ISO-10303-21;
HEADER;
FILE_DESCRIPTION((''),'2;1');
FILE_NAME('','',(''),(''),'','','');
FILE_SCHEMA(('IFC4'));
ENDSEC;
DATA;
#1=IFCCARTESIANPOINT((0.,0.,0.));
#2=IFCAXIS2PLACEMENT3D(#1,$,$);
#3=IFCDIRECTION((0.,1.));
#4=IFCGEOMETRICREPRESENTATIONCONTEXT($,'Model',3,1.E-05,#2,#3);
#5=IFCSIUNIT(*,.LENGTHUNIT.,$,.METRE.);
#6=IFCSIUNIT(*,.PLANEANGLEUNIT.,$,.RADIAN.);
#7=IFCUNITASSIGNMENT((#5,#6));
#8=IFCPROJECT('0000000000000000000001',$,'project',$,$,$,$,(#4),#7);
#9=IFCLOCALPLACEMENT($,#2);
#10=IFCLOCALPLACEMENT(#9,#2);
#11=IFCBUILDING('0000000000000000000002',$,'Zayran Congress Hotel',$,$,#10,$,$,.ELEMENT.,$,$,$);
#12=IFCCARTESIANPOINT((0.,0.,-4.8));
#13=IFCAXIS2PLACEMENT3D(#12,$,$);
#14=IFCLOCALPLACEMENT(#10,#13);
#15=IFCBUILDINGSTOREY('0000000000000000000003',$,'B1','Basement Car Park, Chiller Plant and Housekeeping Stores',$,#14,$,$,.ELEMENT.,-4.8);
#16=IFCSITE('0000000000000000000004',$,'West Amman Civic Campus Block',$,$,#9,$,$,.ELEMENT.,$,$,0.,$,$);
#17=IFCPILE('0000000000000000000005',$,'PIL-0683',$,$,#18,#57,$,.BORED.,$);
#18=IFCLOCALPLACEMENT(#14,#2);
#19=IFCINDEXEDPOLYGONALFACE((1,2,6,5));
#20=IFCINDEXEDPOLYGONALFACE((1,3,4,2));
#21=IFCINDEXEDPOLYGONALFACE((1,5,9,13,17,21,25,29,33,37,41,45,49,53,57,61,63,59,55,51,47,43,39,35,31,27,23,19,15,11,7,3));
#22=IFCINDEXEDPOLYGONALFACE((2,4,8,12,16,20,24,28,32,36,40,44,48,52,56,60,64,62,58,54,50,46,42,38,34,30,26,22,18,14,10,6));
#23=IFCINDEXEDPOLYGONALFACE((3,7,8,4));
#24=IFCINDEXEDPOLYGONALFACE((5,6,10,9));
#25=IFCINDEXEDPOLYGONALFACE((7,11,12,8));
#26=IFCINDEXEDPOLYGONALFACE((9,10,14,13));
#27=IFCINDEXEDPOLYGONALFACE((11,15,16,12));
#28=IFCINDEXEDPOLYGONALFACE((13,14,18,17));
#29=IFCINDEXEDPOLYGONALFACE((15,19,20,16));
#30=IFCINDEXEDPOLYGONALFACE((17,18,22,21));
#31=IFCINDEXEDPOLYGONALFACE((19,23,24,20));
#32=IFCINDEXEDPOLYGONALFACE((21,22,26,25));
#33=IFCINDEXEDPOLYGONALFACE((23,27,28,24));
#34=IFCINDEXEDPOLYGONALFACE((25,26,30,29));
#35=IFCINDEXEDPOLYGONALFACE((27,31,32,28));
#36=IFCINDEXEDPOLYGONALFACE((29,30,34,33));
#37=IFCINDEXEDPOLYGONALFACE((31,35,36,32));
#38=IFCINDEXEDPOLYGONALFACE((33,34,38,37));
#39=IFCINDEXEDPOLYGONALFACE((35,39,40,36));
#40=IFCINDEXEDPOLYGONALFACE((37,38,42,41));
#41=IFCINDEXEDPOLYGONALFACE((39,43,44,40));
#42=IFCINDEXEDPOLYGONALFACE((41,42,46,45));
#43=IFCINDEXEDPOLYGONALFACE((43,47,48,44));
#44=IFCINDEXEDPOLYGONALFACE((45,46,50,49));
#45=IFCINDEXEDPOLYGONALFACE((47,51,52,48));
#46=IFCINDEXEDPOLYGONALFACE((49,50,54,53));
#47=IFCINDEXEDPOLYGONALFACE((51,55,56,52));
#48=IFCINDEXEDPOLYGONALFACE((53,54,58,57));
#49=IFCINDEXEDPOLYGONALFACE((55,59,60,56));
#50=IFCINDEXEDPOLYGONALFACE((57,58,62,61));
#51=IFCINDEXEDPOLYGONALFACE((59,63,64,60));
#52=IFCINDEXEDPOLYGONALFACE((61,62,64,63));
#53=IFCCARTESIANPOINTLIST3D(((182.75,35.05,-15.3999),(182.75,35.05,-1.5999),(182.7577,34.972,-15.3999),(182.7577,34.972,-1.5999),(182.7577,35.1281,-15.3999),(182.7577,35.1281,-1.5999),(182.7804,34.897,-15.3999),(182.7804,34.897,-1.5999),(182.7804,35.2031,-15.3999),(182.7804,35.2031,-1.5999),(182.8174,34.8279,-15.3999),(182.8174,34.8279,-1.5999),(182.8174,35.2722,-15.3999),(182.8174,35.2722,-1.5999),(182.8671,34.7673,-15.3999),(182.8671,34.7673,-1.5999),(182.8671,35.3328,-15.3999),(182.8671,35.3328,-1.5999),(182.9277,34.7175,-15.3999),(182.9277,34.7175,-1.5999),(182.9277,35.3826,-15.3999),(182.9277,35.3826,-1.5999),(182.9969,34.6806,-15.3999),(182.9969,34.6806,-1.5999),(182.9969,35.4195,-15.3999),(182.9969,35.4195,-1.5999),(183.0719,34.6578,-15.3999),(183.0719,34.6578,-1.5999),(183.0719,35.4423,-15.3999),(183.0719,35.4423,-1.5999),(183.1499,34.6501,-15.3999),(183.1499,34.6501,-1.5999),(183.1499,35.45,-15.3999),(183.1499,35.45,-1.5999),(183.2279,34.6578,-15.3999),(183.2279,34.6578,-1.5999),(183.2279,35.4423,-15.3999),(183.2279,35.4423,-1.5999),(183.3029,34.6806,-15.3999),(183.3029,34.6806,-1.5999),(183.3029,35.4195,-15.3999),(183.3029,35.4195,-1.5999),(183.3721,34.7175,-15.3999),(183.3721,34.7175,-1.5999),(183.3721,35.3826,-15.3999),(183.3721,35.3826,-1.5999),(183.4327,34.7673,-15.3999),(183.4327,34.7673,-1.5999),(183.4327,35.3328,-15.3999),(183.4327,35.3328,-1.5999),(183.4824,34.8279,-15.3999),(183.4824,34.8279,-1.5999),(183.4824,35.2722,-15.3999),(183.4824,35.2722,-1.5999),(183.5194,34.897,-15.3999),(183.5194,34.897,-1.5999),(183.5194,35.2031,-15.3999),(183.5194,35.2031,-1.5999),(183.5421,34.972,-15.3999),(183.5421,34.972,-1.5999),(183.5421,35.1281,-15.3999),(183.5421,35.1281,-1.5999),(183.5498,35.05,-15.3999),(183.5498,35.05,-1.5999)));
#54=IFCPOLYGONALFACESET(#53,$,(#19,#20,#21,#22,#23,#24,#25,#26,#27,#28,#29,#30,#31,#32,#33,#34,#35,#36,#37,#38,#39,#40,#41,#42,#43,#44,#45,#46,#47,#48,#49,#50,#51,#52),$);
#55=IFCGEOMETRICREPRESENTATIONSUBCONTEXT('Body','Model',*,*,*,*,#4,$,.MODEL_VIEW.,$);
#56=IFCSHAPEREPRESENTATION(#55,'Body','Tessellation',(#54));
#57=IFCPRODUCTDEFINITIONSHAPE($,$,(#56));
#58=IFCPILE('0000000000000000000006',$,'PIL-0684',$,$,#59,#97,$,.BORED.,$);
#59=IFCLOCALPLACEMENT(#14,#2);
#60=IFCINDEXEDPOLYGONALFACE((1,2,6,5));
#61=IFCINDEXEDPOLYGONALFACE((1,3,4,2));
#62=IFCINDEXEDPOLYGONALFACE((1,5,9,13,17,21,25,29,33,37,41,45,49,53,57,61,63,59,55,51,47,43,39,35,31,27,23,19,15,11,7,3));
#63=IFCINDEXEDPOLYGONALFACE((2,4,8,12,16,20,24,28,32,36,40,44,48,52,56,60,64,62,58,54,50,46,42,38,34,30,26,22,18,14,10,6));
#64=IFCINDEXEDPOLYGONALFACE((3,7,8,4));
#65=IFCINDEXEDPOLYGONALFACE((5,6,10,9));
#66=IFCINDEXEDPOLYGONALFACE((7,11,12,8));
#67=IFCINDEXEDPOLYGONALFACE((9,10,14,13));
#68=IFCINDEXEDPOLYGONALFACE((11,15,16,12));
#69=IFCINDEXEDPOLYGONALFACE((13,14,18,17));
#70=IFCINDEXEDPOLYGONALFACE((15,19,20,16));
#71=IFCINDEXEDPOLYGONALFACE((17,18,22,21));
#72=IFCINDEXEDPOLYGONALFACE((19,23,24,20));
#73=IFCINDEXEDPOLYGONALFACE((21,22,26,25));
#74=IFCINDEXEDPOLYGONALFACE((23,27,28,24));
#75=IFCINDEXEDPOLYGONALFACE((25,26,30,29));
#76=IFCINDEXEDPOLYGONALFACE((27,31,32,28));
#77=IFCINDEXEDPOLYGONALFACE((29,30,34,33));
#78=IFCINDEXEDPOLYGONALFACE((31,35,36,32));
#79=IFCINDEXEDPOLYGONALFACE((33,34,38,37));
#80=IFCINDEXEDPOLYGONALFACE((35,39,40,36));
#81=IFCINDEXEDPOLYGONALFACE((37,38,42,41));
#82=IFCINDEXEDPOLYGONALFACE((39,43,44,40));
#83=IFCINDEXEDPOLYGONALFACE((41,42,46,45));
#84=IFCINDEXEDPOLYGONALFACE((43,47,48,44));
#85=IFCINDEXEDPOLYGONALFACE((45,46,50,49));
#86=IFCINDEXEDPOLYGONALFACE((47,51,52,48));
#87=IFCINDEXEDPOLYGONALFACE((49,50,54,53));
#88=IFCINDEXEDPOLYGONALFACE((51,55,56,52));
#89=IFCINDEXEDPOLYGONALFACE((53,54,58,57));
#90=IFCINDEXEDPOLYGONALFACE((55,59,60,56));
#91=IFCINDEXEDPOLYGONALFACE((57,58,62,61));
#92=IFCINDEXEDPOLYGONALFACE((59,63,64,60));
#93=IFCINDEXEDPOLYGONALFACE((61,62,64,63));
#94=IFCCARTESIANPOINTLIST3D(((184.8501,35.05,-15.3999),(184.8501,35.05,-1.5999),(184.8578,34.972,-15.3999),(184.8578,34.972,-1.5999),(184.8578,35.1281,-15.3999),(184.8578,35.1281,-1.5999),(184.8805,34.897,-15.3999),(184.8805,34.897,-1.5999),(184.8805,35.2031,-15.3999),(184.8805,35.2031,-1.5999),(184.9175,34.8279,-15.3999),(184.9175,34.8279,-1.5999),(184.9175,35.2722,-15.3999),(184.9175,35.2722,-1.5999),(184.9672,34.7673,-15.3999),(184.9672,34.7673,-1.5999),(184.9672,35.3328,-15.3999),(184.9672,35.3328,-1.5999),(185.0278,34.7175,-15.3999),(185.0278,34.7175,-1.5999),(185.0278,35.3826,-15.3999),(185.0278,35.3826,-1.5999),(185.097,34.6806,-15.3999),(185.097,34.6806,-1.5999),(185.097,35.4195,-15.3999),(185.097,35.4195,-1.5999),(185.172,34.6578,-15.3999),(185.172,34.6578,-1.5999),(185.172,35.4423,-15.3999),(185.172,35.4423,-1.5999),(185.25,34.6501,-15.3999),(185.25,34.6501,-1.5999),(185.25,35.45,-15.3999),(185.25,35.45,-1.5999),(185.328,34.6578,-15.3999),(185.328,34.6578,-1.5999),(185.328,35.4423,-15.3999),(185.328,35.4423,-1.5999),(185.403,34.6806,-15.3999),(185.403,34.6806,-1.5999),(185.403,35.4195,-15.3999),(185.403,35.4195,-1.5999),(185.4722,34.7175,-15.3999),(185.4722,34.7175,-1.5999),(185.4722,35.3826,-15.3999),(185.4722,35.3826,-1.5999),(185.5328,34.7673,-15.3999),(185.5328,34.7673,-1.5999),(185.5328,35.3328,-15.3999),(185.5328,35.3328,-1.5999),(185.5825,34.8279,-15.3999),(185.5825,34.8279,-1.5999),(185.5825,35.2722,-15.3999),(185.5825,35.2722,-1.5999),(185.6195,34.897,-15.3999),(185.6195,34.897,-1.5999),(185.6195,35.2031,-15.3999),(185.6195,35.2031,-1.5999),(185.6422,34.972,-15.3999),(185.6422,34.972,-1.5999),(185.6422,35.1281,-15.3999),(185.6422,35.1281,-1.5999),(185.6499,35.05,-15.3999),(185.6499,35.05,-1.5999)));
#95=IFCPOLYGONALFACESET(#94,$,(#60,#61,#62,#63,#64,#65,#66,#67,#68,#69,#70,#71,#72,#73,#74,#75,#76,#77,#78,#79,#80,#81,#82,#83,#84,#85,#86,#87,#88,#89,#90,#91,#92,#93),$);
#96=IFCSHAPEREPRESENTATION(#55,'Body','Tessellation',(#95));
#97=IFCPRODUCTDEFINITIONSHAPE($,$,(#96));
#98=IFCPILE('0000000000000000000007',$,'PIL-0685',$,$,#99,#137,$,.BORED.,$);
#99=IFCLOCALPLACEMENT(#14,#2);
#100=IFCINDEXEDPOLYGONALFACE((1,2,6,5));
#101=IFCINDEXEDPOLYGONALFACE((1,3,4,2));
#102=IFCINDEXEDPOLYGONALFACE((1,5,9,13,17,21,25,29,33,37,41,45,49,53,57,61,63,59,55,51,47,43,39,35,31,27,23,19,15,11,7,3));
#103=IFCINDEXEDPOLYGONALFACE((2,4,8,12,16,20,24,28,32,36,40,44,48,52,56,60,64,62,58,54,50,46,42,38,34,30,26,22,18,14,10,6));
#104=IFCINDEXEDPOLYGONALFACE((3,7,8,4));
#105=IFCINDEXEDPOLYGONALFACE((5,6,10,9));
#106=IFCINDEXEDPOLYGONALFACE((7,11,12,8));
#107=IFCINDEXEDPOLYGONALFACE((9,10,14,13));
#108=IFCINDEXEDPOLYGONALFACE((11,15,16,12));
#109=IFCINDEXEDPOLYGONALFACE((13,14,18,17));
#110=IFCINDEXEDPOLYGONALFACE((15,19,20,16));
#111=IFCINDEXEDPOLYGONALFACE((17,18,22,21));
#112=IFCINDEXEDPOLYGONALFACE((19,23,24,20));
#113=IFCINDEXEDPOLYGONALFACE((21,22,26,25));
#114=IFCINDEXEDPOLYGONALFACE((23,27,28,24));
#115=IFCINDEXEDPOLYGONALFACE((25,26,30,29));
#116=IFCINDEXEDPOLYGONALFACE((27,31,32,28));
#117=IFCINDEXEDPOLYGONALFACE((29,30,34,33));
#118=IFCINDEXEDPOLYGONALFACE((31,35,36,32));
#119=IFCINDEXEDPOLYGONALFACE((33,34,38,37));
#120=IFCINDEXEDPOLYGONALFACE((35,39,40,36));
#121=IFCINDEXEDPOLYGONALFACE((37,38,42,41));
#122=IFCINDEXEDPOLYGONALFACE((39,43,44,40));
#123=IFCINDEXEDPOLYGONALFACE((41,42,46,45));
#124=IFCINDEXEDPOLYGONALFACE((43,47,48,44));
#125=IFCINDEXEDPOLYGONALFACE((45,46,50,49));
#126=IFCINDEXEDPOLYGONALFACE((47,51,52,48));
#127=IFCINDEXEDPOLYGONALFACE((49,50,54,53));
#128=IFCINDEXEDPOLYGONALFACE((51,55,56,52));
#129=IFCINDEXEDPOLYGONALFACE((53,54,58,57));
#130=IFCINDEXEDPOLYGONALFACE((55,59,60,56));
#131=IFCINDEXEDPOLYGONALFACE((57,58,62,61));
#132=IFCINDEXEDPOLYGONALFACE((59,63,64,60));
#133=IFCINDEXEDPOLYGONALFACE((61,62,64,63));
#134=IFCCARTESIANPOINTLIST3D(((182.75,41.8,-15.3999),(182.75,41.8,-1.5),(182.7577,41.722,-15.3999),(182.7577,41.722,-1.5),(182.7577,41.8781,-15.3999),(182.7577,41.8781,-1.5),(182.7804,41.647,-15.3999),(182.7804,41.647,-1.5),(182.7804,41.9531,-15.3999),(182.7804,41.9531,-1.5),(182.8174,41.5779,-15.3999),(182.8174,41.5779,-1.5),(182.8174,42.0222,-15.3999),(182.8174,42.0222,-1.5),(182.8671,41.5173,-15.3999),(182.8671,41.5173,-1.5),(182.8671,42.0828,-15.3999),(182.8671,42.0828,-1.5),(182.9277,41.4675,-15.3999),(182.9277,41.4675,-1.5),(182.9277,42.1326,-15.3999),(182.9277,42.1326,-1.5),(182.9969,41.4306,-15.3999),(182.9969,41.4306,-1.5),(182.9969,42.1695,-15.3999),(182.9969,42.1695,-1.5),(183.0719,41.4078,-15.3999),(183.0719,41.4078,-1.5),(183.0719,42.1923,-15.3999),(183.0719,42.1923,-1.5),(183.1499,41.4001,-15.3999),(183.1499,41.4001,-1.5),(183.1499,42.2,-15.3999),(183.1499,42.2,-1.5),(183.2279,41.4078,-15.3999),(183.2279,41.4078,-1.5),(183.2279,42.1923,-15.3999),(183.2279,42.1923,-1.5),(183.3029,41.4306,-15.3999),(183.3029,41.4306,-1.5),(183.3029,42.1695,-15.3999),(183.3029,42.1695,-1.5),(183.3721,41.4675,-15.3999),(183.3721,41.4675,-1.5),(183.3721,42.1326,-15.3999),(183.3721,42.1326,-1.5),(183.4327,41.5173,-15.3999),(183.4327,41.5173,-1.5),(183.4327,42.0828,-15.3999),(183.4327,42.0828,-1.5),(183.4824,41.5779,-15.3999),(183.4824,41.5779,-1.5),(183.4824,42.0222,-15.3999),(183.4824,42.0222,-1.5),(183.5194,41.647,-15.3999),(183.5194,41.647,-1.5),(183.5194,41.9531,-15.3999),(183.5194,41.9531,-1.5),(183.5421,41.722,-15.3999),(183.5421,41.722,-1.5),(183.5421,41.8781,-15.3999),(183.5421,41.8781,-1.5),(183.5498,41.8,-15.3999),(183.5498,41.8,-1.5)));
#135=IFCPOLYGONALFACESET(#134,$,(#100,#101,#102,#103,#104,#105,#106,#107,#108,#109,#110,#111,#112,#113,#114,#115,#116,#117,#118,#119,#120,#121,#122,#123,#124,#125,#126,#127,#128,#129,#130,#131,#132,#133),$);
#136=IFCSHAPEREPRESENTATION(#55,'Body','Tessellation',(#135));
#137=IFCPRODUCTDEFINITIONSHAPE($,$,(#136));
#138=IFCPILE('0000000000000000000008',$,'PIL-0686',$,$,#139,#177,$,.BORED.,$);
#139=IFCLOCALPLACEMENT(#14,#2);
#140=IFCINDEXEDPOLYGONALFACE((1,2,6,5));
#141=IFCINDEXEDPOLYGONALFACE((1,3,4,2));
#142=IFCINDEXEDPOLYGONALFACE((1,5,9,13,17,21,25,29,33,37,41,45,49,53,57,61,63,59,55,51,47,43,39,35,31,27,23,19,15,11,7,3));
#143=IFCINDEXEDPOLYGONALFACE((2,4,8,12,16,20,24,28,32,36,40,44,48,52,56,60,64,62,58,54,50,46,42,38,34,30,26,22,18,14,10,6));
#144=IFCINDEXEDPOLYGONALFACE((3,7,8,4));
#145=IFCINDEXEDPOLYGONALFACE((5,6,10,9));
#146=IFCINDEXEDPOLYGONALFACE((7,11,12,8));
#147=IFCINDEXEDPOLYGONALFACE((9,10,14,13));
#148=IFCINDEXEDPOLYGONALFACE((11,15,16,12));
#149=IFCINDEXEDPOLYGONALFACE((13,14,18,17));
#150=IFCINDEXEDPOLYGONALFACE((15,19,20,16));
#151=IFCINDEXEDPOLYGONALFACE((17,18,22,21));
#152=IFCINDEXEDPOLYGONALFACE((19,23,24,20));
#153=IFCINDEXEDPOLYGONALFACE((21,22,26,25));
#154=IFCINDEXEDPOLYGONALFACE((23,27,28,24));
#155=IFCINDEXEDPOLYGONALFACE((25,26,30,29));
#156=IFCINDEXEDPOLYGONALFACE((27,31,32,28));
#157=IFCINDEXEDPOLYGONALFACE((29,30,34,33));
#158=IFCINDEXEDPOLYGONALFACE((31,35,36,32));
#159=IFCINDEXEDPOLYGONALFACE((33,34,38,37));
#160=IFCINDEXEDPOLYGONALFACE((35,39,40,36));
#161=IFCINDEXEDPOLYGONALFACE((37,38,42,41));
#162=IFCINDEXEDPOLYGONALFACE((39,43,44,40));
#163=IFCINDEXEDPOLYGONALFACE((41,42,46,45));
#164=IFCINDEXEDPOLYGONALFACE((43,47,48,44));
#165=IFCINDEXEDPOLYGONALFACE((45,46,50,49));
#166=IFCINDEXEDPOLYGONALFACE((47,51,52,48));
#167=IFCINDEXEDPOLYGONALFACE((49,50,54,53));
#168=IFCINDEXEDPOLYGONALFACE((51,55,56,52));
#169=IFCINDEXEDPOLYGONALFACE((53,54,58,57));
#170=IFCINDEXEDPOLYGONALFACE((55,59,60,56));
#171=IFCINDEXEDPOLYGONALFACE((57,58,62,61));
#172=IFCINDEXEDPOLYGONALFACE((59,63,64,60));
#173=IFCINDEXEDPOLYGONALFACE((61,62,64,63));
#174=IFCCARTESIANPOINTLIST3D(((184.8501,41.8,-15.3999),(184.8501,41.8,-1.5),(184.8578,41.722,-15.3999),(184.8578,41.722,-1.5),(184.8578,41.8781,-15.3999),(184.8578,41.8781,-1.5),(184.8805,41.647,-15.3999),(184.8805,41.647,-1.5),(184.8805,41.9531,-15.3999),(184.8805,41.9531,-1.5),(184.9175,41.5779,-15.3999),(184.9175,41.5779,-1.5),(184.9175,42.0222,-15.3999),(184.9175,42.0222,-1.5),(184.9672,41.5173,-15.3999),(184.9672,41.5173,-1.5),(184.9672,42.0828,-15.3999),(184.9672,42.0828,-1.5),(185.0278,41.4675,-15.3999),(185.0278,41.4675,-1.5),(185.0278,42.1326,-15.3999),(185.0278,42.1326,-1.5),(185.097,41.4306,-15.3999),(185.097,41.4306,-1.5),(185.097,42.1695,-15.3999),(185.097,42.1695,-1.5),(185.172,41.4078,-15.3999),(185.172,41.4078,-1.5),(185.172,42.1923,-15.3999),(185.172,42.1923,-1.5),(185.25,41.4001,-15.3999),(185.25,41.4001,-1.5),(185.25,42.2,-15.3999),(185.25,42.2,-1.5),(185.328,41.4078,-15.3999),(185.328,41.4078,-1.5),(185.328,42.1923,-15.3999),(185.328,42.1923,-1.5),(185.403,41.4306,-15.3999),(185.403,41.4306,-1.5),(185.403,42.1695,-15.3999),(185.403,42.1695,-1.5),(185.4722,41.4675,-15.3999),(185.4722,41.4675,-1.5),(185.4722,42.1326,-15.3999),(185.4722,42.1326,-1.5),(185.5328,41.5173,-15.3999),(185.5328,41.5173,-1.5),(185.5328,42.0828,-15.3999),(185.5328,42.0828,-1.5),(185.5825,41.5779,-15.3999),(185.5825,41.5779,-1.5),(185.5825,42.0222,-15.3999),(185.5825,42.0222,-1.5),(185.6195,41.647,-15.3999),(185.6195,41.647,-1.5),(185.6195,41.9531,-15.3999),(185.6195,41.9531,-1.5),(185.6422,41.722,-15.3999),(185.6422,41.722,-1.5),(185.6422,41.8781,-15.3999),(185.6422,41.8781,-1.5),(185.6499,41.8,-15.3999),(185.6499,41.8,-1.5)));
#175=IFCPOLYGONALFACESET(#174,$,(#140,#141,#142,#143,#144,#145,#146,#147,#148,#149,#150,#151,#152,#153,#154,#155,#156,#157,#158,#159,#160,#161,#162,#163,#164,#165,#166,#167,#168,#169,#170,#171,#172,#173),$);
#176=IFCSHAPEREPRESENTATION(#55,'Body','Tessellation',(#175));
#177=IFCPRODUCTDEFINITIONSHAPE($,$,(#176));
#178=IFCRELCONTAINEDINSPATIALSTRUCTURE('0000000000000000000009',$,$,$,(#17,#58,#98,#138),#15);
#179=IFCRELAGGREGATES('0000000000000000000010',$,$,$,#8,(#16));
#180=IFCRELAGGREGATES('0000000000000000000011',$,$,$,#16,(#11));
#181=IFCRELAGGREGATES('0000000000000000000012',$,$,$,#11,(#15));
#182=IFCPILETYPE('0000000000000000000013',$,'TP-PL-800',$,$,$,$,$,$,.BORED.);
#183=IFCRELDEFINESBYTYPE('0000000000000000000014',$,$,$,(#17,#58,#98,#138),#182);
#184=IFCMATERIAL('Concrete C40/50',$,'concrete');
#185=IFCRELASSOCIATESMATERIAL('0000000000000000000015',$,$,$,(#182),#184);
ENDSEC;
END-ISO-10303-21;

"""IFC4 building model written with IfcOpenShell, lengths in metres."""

from ifc_helpers import new_model, si_unit, direction, frame, origin, origin_2d, place, context, subcontext, project, spatial, circle, extrude, material, material_profile, profile_set, type_object, element, save


model = new_model("IFC4")

# Units and contexts
model_context = context("Model", 3, precision=1e-05, world=origin(), true_north=direction((0.0, 1.0)))
body_context = subcontext(model_context, "Body", "Model", "MODEL_VIEW")
ifc_project = project(units=[si_unit("LENGTHUNIT", "METRE"), si_unit("PLANEANGLEUNIT", "RADIAN")], contexts=[model_context])

# Site, building, storey
site_placement = place(None, origin())
site = spatial("IfcSite", under=ifc_project, at=site_placement, Name="West Amman Civic Campus Block", CompositionType="ELEMENT", RefElevation=0.0)
building_placement = place(site_placement, origin())
building = spatial("IfcBuilding", under=site, at=building_placement, Name="Zayran Congress Hotel", CompositionType="ELEMENT")
storey_placement = place(building_placement, frame((0.0, 0.0, -4.8)))
storey = spatial("IfcBuildingStorey", under=building, at=storey_placement, Name="B1", Description="Basement Car Park, Chiller Plant and Housekeeping Stores", CompositionType="ELEMENT", Elevation=-4.8)

# Piles
ifc_material_1 = material(Name="Concrete C40/50", Category="concrete")
ifc_material_profile_1 = material_profile(ifc_material_1, circle(Radius=0.3999, at=origin_2d()), Name="PILE D800")
ifc_profile_set_1 = profile_set([ifc_material_profile_1], Name="Concrete C40/50")
pile_type = type_object("IfcPileType", Name="TP-PL-800", PredefinedType="BORED", material=ifc_profile_set_1)
for number, where, z_axis, x_axis, name in (
    (1, (183.1499, 35.05, -1.5999), (0.0, 0.0, -1.0), (1.0, 0.0, 0.0), "PIL-0683"),
    (2, (185.25, 35.05, -1.5999), (0.0, 0.0, -1.0), (1.0, 0.0, 0.0), "PIL-0684"),
):
    element("IfcPile", number, at=place(storey_placement, frame(where, z_axis=z_axis, x_axis=x_axis)), inside=storey, type_object=pile_type, Name=name, PredefinedType="BORED", context=body_context, shape_type="SweptSolid", body=[
        extrude(circle(Radius=0.3999, at=origin_2d()), origin(), (0.0, 0.0, 1.0), 13.8),
    ])
for number, where, z_axis, x_axis, name in (
    (3, (183.1499, 41.8, -1.5), (0.0, 0.0, -1.0), (1.0, 0.0, 0.0), "PIL-0685"),
    (4, (185.25, 41.8, -1.5), (0.0, 0.0, -1.0), (1.0, 0.0, 0.0), "PIL-0686"),
):
    element("IfcPile", number, at=place(storey_placement, frame(where, z_axis=z_axis, x_axis=x_axis)), inside=storey, type_object=pile_type, Name=name, PredefinedType="BORED", context=body_context, shape_type="SweptSolid", body=[
        extrude(circle(Radius=0.3999, at=origin_2d()), origin(), (0.0, 0.0, 1.0), 13.8999),
    ])

save(model, "model.ifc")
